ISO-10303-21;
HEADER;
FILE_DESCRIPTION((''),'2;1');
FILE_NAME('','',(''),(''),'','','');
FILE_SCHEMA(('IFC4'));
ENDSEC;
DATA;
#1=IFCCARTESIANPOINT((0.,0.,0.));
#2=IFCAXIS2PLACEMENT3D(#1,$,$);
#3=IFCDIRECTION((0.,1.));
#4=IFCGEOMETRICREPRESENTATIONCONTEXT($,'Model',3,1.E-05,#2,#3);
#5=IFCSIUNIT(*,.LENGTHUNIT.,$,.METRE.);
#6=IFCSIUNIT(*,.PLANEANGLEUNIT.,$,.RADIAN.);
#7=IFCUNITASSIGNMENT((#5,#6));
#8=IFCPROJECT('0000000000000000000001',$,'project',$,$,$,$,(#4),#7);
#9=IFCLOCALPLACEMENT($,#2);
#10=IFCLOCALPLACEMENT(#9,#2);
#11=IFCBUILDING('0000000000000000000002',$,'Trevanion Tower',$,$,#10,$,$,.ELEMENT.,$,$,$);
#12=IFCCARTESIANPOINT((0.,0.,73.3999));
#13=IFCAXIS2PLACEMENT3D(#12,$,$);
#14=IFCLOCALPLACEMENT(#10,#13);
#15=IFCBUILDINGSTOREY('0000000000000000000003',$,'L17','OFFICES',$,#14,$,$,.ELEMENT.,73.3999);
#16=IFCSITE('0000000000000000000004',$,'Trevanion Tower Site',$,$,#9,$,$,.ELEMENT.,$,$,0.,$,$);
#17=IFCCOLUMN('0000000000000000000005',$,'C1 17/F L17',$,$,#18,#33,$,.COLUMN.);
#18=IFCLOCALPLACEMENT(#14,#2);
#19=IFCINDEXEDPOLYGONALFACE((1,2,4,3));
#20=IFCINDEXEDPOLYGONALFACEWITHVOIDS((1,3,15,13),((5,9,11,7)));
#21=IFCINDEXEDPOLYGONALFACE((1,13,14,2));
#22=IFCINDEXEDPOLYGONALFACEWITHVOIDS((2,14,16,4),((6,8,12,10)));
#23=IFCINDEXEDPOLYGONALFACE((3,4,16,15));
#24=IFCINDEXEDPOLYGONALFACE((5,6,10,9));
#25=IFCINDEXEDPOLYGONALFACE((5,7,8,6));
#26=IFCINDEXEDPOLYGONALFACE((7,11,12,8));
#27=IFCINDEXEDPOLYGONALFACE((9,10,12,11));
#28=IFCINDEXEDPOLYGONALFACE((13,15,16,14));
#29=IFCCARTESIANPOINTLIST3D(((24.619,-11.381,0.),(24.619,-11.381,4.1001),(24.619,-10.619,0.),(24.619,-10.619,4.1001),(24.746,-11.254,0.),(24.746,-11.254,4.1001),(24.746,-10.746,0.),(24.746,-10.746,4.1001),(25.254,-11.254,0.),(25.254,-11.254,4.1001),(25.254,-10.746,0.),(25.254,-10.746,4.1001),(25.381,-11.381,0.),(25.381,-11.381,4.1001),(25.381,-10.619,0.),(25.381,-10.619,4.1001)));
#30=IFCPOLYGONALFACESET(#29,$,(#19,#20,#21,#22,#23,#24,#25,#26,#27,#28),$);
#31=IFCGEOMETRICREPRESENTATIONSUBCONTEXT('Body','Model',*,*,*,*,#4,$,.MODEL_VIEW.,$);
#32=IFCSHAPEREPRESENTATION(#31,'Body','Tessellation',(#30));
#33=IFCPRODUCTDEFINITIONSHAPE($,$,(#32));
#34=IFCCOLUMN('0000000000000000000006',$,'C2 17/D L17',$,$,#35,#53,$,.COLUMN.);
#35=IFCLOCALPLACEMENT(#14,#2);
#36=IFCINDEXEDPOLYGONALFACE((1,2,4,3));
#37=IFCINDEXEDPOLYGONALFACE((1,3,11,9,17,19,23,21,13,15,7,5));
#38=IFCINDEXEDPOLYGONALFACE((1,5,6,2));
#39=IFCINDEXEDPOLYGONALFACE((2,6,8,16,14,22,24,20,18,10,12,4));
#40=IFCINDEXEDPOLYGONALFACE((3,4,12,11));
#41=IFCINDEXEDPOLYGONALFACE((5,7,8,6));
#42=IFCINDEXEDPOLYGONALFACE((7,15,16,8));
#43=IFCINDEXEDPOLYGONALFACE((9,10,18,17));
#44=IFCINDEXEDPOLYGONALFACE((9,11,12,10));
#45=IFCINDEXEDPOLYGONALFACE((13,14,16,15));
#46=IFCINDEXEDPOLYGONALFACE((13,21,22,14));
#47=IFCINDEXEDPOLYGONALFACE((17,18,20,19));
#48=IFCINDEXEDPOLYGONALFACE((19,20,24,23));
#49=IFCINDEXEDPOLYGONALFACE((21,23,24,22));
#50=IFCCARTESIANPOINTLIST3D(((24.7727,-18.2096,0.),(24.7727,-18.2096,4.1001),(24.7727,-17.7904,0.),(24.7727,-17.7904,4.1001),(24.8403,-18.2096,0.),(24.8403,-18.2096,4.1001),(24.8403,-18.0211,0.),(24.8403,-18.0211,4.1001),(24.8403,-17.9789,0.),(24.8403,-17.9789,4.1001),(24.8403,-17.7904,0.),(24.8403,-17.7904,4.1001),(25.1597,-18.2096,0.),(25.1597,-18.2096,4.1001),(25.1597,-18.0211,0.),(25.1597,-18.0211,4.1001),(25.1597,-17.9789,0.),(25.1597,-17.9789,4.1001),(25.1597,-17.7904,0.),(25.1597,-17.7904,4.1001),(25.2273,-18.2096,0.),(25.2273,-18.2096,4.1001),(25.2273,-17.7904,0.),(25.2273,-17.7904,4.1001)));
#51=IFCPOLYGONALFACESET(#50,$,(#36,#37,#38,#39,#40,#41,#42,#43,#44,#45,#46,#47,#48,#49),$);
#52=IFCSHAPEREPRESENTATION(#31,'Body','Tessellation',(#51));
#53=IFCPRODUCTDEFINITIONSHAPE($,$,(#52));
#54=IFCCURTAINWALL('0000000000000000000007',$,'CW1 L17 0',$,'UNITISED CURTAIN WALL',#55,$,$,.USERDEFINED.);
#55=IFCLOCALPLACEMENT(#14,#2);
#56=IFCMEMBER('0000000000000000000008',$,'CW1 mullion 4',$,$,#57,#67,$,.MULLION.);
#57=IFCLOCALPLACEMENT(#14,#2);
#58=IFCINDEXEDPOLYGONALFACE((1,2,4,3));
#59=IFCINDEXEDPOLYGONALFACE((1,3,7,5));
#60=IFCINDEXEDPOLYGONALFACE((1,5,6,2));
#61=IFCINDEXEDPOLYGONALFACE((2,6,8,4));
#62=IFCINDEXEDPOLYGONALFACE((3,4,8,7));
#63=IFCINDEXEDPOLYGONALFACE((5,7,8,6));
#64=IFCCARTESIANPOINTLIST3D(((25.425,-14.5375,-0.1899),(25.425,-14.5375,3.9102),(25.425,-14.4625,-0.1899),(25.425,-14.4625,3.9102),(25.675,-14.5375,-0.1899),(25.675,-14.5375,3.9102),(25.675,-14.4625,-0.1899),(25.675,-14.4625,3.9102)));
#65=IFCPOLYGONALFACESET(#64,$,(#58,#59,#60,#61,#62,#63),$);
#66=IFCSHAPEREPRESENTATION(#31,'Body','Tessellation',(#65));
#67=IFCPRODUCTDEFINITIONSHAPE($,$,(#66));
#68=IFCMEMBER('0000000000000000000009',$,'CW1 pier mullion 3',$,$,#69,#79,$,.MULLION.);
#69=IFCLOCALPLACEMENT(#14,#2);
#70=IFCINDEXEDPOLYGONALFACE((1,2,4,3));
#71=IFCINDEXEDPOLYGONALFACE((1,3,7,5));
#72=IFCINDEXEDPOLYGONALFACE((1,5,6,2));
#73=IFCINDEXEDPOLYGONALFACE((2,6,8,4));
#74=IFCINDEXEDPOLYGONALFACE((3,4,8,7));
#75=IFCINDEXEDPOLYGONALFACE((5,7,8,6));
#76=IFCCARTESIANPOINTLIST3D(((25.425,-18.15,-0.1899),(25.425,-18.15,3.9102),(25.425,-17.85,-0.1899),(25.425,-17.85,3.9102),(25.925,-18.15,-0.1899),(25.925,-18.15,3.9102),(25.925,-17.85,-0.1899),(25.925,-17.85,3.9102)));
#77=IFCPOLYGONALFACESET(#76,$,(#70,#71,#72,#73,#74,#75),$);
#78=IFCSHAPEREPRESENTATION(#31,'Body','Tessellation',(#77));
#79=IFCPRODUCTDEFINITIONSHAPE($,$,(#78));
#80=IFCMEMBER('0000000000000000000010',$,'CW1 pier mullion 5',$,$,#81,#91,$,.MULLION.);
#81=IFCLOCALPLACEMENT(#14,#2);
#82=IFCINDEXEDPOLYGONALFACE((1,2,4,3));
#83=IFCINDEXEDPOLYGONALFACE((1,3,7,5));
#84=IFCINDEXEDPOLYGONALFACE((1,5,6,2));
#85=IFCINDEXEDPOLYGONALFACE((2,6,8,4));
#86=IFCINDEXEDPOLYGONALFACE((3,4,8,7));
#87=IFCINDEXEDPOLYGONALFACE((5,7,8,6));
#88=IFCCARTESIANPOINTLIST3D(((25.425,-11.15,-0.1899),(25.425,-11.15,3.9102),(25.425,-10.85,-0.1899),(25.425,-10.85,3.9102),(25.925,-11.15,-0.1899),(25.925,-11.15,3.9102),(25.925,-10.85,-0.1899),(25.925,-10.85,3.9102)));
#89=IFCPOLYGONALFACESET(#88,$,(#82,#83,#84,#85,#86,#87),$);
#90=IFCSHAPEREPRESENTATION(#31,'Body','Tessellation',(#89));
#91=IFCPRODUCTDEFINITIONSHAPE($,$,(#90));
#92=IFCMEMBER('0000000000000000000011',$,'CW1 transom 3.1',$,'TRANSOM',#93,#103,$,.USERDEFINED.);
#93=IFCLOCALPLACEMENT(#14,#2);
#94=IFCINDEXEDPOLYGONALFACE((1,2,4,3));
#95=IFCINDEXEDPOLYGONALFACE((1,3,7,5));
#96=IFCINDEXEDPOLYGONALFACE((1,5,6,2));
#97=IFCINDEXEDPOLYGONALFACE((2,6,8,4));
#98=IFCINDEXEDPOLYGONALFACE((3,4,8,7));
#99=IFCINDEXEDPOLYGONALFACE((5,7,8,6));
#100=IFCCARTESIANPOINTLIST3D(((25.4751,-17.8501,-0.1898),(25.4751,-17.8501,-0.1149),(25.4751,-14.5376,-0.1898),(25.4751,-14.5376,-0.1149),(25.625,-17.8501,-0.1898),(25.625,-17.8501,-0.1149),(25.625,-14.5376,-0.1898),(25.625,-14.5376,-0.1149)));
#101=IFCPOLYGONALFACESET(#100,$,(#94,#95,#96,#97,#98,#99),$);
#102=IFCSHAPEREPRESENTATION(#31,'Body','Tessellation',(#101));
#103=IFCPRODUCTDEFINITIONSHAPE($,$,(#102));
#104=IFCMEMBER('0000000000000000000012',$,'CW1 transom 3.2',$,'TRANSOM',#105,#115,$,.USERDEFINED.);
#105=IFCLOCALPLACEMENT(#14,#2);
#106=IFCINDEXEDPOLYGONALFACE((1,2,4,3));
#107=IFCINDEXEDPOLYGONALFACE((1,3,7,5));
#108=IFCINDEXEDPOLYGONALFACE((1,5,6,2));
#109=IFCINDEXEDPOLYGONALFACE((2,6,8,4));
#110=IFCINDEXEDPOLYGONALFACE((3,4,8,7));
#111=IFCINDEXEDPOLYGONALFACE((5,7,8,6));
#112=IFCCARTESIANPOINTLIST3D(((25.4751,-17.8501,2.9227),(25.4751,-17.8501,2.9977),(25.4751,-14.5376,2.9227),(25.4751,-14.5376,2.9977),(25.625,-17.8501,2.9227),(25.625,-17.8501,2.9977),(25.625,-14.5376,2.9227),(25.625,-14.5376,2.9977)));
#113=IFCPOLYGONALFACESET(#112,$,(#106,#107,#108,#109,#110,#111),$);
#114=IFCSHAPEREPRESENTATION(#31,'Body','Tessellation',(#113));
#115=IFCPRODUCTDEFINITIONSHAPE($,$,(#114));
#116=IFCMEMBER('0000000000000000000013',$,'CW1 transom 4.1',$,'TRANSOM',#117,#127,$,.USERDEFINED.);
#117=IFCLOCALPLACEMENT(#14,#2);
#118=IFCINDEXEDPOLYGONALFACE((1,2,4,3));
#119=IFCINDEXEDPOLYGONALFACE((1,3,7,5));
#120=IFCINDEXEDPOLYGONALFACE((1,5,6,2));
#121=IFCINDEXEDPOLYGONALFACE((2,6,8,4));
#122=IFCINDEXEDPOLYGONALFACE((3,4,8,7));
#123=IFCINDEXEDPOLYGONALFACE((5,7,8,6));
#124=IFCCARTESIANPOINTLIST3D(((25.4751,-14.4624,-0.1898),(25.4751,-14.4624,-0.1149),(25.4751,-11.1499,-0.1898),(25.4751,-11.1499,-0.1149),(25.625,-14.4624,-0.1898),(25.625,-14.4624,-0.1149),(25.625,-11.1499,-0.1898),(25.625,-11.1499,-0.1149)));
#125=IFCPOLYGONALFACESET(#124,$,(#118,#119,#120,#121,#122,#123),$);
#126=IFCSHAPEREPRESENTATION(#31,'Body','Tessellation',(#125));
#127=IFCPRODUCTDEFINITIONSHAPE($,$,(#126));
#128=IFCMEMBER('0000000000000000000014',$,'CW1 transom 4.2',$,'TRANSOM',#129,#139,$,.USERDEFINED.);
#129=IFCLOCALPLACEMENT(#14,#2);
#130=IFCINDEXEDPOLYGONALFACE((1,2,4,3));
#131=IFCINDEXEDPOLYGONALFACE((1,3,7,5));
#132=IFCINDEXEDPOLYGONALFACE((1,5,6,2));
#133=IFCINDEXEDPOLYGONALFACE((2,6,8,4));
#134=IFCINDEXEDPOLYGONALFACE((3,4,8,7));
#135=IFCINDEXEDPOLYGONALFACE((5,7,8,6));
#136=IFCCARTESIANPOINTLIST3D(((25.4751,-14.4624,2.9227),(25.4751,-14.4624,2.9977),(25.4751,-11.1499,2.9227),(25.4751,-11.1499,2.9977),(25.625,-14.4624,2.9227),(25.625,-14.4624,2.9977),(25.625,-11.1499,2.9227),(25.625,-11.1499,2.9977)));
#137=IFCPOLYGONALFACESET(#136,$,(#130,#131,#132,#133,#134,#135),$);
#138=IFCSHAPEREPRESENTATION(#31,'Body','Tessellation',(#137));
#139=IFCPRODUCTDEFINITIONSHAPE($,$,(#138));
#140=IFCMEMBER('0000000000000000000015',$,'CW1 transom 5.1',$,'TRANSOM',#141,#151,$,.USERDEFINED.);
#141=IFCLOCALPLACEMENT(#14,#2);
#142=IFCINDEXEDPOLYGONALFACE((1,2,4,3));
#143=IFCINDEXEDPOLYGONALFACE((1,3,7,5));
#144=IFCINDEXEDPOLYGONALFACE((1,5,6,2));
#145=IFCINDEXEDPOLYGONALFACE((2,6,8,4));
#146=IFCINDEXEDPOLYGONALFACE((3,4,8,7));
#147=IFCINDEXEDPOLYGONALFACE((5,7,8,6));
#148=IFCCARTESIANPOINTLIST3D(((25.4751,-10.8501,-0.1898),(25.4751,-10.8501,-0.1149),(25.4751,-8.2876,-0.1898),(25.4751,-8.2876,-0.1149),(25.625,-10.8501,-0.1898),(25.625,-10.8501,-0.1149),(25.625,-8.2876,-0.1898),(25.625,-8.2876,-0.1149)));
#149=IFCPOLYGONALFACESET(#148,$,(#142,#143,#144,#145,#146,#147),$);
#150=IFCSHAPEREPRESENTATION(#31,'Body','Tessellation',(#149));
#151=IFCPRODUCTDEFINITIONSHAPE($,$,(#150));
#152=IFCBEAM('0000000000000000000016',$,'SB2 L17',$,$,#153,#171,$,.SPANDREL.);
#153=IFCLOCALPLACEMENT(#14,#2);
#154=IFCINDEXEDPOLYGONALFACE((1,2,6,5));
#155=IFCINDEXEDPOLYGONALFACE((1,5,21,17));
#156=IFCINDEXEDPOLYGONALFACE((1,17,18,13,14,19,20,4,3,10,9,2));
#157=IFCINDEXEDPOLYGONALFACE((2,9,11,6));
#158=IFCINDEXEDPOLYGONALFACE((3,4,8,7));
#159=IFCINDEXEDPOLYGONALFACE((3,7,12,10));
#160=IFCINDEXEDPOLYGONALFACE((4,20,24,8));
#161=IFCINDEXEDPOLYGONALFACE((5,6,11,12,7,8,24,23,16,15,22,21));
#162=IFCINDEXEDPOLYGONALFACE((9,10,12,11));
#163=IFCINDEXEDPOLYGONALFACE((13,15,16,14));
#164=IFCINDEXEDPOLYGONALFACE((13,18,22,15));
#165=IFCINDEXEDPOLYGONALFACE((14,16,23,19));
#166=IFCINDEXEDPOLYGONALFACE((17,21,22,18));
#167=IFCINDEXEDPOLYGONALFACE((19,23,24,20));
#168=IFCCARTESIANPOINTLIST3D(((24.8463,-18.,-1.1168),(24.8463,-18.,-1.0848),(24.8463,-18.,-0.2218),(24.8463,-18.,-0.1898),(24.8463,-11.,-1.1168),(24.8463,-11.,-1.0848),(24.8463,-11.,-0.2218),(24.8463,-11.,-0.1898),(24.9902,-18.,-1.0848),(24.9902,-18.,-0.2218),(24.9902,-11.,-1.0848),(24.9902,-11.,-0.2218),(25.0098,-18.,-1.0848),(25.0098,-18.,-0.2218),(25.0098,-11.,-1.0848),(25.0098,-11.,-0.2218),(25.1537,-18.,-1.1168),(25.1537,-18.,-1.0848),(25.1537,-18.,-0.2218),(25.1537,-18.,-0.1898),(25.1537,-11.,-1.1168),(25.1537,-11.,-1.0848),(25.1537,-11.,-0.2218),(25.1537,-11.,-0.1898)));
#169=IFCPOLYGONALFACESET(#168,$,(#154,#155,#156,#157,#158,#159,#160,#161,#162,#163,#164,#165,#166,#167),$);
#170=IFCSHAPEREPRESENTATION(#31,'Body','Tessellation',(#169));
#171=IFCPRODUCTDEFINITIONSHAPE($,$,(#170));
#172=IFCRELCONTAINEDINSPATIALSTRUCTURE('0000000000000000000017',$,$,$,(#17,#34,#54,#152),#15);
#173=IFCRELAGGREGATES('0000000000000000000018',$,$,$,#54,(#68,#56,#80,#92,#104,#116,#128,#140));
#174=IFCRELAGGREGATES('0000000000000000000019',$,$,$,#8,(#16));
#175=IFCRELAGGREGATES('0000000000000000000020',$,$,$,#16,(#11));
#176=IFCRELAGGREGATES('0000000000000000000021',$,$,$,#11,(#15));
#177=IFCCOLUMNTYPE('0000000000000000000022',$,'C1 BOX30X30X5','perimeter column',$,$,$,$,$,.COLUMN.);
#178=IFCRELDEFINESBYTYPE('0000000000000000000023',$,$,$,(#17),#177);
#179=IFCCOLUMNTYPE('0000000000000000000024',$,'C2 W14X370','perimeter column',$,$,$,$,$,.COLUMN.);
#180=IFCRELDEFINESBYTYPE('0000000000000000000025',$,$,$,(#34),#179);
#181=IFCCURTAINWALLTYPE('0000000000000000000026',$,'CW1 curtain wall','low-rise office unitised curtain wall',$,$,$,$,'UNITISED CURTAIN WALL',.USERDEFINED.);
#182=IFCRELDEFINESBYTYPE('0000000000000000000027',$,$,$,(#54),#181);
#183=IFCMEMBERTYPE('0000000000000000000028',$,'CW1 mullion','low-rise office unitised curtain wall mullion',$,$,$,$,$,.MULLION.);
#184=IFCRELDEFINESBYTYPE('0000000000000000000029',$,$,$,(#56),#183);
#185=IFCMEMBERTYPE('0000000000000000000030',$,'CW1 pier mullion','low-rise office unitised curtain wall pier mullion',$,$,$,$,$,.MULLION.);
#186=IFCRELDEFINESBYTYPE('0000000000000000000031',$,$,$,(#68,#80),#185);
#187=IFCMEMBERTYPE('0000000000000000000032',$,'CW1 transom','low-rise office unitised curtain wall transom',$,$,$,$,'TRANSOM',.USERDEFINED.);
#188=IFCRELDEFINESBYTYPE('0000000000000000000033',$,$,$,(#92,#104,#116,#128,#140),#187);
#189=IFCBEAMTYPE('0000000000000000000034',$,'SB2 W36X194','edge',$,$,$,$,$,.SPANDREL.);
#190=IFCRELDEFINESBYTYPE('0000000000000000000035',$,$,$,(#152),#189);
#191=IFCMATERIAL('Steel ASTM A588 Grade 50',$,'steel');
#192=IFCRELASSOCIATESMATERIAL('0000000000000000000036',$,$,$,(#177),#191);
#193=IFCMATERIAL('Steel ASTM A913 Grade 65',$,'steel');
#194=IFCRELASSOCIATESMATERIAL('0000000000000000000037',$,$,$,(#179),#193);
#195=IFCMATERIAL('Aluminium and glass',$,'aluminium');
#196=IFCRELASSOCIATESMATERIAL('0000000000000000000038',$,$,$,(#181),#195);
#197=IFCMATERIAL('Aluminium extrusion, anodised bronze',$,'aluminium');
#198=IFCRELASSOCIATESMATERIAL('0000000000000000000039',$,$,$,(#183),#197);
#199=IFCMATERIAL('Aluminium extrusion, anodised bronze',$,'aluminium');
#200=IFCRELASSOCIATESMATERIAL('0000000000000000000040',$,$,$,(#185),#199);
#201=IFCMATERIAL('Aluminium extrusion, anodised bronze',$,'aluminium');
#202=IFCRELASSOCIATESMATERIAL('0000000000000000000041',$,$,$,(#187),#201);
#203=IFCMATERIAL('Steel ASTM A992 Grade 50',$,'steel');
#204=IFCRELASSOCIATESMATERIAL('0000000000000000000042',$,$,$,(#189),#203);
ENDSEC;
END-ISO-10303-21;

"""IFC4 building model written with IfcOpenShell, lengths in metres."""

from ifc_helpers import new_model, si_unit, direction, frame, origin, origin_2d, place, context, subcontext, project, spatial, rectangle, hollow_rectangle, i_section, extrude, material, material_profile, profile_set, type_object, element, aggregate, save


model = new_model("IFC4")

# Units and contexts
model_context = context("Model", 3, precision=1e-05, world=origin(), true_north=direction((0.0, 1.0)))
body_context = subcontext(model_context, "Body", "Model", "MODEL_VIEW")
ifc_project = project(units=[si_unit("LENGTHUNIT", "METRE"), si_unit("PLANEANGLEUNIT", "RADIAN")], contexts=[model_context])

# Site, building, storey
site_placement = place(None, origin())
site = spatial("IfcSite", under=ifc_project, at=site_placement, Name="Trevanion Tower Site", CompositionType="ELEMENT", RefElevation=0.0)
building_placement = place(site_placement, origin())
building = spatial("IfcBuilding", under=site, at=building_placement, Name="Trevanion Tower", CompositionType="ELEMENT")
storey_placement = place(building_placement, frame((0.0, 0.0, 73.3999)))
storey = spatial("IfcBuildingStorey", under=building, at=storey_placement, Name="L17", Description="OFFICES", CompositionType="ELEMENT", Elevation=73.3999)

# Columns
ifc_material_1 = material(Name="Steel ASTM A588 Grade 50", Category="steel")
ifc_material_profile_1 = material_profile(ifc_material_1, hollow_rectangle(XDim=0.762, YDim=0.762, WallThickness=0.127, at=origin_2d()), Name="BOX30X30X5")
ifc_profile_set_1 = profile_set([ifc_material_profile_1], Name="Steel ASTM A588 Grade 50")
column_type_1 = type_object("IfcColumnType", Name="C1 BOX30X30X5", Description="perimeter column", PredefinedType="COLUMN", material=ifc_profile_set_1)
column_1_placement = place(storey_placement, frame((25.0, -11.0, 0.0), z_axis=(0.0, 0.0, 1.0), x_axis=(0.0, 1.0, 0.0)))
element("IfcColumn", 1, at=column_1_placement, inside=storey, type_object=column_type_1, Name="C1 17/F L17", PredefinedType="COLUMN", context=body_context, shape_type="SweptSolid", body=[
    extrude(hollow_rectangle(XDim=0.762, YDim=0.762, WallThickness=0.127, at=origin_2d()), origin(), (0.0, 0.0, 1.0), 4.1001),
])
ifc_material_2 = material(Name="Steel ASTM A913 Grade 65", Category="steel")
ifc_material_profile_2 = material_profile(ifc_material_2, i_section(OverallWidth=0.4192, OverallDepth=0.4546, WebThickness=0.0422, FlangeThickness=0.0676, at=origin_2d()), Name="W14X370")
ifc_profile_set_2 = profile_set([ifc_material_profile_2], Name="Steel ASTM A913 Grade 65")
column_type_2 = type_object("IfcColumnType", Name="C2 W14X370", Description="perimeter column", PredefinedType="COLUMN", material=ifc_profile_set_2)
column_2_placement = place(storey_placement, frame((25.0, -18.0, 0.0), z_axis=(0.0, 0.0, 1.0), x_axis=(0.0, 1.0, 0.0)))
element("IfcColumn", 2, at=column_2_placement, inside=storey, type_object=column_type_2, Name="C2 17/D L17", PredefinedType="COLUMN", context=body_context, shape_type="SweptSolid", body=[
    extrude(i_section(OverallWidth=0.4192, OverallDepth=0.4546, WebThickness=0.0422, FlangeThickness=0.0676, at=origin_2d()), origin(), (0.0, 0.0, 1.0), 4.1001),
])

# Curtain wall, members
ifc_material_3 = material(Name="Aluminium and glass", Category="aluminium")
curtain_wall_type = type_object("IfcCurtainWallType", Name="CW1 curtain wall", Description="low-rise office unitised curtain wall", ElementType="UNITISED CURTAIN WALL", PredefinedType="USERDEFINED", material=ifc_material_3)
curtain_wall_placement = place(storey_placement, origin())
curtain_wall = element("IfcCurtainWall", 3, at=curtain_wall_placement, inside=storey, type_object=curtain_wall_type, Name="CW1 L17 0", ObjectType="UNITISED CURTAIN WALL", PredefinedType="USERDEFINED")
ifc_material_4 = material(Name="Aluminium extrusion, anodised bronze", Category="aluminium")
ifc_material_profile_3 = material_profile(ifc_material_4, rectangle(XDim=0.075, YDim=0.25, at=origin_2d()), Name="CW1 mullion")
ifc_profile_set_3 = profile_set([ifc_material_profile_3], Name="Aluminium extrusion, anodised bronze")
member_type_1 = type_object("IfcMemberType", Name="CW1 mullion", Description="low-rise office unitised curtain wall mullion", PredefinedType="MULLION", material=ifc_profile_set_3)
member_1_placement = place(storey_placement, frame((25.55, -14.5, -0.1899), z_axis=(0.0, 0.0, 1.0), x_axis=(0.0, 1.0, 0.0)))
member_1 = element("IfcMember", 4, at=member_1_placement, type_object=member_type_1, Name="CW1 mullion 4", PredefinedType="MULLION", context=body_context, shape_type="SweptSolid", body=[
    extrude(rectangle(XDim=0.075, YDim=0.25, at=origin_2d()), origin(), (0.0, 0.0, 1.0), 4.1001),
])
ifc_material_5 = material(Name="Aluminium extrusion, anodised bronze", Category="aluminium")
ifc_material_profile_4 = material_profile(ifc_material_5, rectangle(XDim=0.3, YDim=0.5, at=origin_2d()), Name="CW1 pier mullion")
ifc_profile_set_4 = profile_set([ifc_material_profile_4], Name="Aluminium extrusion, anodised bronze")
member_type_2 = type_object("IfcMemberType", Name="CW1 pier mullion", Description="low-rise office unitised curtain wall pier mullion", PredefinedType="MULLION", material=ifc_profile_set_4)
member_2_placement = place(storey_placement, frame((25.675, -18.0, -0.1899), z_axis=(0.0, 0.0, 1.0), x_axis=(0.0, 1.0, 0.0)))
member_2 = element("IfcMember", 5, at=member_2_placement, type_object=member_type_2, Name="CW1 pier mullion 3", PredefinedType="MULLION", context=body_context, shape_type="SweptSolid", body=[
    extrude(rectangle(XDim=0.3, YDim=0.5, at=origin_2d()), origin(), (0.0, 0.0, 1.0), 4.1001),
])
member_3_placement = place(storey_placement, frame((25.675, -11.0, -0.1899), z_axis=(0.0, 0.0, 1.0), x_axis=(0.0, 1.0, 0.0)))
member_3 = element("IfcMember", 6, at=member_3_placement, type_object=member_type_2, Name="CW1 pier mullion 5", PredefinedType="MULLION", context=body_context, shape_type="SweptSolid", body=[
    extrude(rectangle(XDim=0.3, YDim=0.5, at=origin_2d()), origin(), (0.0, 0.0, 1.0), 4.1001),
])
ifc_material_6 = material(Name="Aluminium extrusion, anodised bronze", Category="aluminium")
ifc_material_profile_5 = material_profile(ifc_material_6, rectangle(XDim=0.1499, YDim=0.075, at=origin_2d()), Name="CW1 transom")
ifc_profile_set_5 = profile_set([ifc_material_profile_5], Name="Aluminium extrusion, anodised bronze")
member_type_3 = type_object("IfcMemberType", Name="CW1 transom", Description="low-rise office unitised curtain wall transom", ElementType="TRANSOM", PredefinedType="USERDEFINED", material=ifc_profile_set_5)
member_4_placement = place(storey_placement, frame((25.55, -17.8501, -0.1523), z_axis=(0.0, 1.0, 0.0), x_axis=(-1.0, 0.0, 0.0)))
member_4 = element("IfcMember", 7, at=member_4_placement, type_object=member_type_3, Name="CW1 transom 3.1", ObjectType="TRANSOM", PredefinedType="USERDEFINED", context=body_context, shape_type="SweptSolid", body=[
    extrude(rectangle(XDim=0.1499, YDim=0.075, at=origin_2d()), origin(), (0.0, 0.0, 1.0), 3.3125),
])
member_5_placement = place(storey_placement, frame((25.55, -17.8501, 2.9602), z_axis=(0.0, 1.0, 0.0), x_axis=(-1.0, 0.0, 0.0)))
member_5 = element("IfcMember", 8, at=member_5_placement, type_object=member_type_3, Name="CW1 transom 3.2", ObjectType="TRANSOM", PredefinedType="USERDEFINED", context=body_context, shape_type="SweptSolid", body=[
    extrude(rectangle(XDim=0.1499, YDim=0.075, at=origin_2d()), origin(), (0.0, 0.0, 1.0), 3.3125),
])
member_6_placement = place(storey_placement, frame((25.55, -14.4624, -0.1523), z_axis=(0.0, 1.0, 0.0), x_axis=(-1.0, 0.0, 0.0)))
member_6 = element("IfcMember", 9, at=member_6_placement, type_object=member_type_3, Name="CW1 transom 4.1", ObjectType="TRANSOM", PredefinedType="USERDEFINED", context=body_context, shape_type="SweptSolid", body=[
    extrude(rectangle(XDim=0.1499, YDim=0.075, at=origin_2d()), origin(), (0.0, 0.0, 1.0), 3.3125),
])
member_7_placement = place(storey_placement, frame((25.55, -14.4624, 2.9602), z_axis=(0.0, 1.0, 0.0), x_axis=(-1.0, 0.0, 0.0)))
member_7 = element("IfcMember", 10, at=member_7_placement, type_object=member_type_3, Name="CW1 transom 4.2", ObjectType="TRANSOM", PredefinedType="USERDEFINED", context=body_context, shape_type="SweptSolid", body=[
    extrude(rectangle(XDim=0.1499, YDim=0.075, at=origin_2d()), origin(), (0.0, 0.0, 1.0), 3.3125),
])
member_8_placement = place(storey_placement, frame((25.55, -10.8501, -0.1523), z_axis=(0.0, 1.0, 0.0), x_axis=(-1.0, 0.0, 0.0)))
member_8 = element("IfcMember", 11, at=member_8_placement, type_object=member_type_3, Name="CW1 transom 5.1", ObjectType="TRANSOM", PredefinedType="USERDEFINED", context=body_context, shape_type="SweptSolid", body=[
    extrude(rectangle(XDim=0.1499, YDim=0.075, at=origin_2d()), origin(), (0.0, 0.0, 1.0), 2.5625),
])

# Beam
ifc_material_7 = material(Name="Steel ASTM A992 Grade 50", Category="steel")
ifc_material_profile_6 = material_profile(ifc_material_7, i_section(OverallWidth=0.3074, OverallDepth=0.927, WebThickness=0.0195, FlangeThickness=0.032, at=origin_2d()), Name="W36X194")
ifc_profile_set_6 = profile_set([ifc_material_profile_6], Name="Steel ASTM A992 Grade 50")
beam_type = type_object("IfcBeamType", Name="SB2 W36X194", Description="edge", PredefinedType="SPANDREL", material=ifc_profile_set_6)
beam_1_placement = place(storey_placement, frame((25.0, -18.0, -0.6533), z_axis=(0.0, 1.0, 0.0), x_axis=(-1.0, 0.0, 0.0)))
element("IfcBeam", 12, at=beam_1_placement, inside=storey, type_object=beam_type, Name="SB2 L17", PredefinedType="SPANDREL", context=body_context, shape_type="SweptSolid", body=[
    extrude(i_section(OverallWidth=0.3074, OverallDepth=0.927, WebThickness=0.0195, FlangeThickness=0.032, at=origin_2d()), origin(), (0.0, 0.0, 1.0), 7.0),
])

aggregate(curtain_wall, [member_2, member_1, member_3, member_4, member_5, member_6, member_7, member_8])

save(model, "model.ifc")
